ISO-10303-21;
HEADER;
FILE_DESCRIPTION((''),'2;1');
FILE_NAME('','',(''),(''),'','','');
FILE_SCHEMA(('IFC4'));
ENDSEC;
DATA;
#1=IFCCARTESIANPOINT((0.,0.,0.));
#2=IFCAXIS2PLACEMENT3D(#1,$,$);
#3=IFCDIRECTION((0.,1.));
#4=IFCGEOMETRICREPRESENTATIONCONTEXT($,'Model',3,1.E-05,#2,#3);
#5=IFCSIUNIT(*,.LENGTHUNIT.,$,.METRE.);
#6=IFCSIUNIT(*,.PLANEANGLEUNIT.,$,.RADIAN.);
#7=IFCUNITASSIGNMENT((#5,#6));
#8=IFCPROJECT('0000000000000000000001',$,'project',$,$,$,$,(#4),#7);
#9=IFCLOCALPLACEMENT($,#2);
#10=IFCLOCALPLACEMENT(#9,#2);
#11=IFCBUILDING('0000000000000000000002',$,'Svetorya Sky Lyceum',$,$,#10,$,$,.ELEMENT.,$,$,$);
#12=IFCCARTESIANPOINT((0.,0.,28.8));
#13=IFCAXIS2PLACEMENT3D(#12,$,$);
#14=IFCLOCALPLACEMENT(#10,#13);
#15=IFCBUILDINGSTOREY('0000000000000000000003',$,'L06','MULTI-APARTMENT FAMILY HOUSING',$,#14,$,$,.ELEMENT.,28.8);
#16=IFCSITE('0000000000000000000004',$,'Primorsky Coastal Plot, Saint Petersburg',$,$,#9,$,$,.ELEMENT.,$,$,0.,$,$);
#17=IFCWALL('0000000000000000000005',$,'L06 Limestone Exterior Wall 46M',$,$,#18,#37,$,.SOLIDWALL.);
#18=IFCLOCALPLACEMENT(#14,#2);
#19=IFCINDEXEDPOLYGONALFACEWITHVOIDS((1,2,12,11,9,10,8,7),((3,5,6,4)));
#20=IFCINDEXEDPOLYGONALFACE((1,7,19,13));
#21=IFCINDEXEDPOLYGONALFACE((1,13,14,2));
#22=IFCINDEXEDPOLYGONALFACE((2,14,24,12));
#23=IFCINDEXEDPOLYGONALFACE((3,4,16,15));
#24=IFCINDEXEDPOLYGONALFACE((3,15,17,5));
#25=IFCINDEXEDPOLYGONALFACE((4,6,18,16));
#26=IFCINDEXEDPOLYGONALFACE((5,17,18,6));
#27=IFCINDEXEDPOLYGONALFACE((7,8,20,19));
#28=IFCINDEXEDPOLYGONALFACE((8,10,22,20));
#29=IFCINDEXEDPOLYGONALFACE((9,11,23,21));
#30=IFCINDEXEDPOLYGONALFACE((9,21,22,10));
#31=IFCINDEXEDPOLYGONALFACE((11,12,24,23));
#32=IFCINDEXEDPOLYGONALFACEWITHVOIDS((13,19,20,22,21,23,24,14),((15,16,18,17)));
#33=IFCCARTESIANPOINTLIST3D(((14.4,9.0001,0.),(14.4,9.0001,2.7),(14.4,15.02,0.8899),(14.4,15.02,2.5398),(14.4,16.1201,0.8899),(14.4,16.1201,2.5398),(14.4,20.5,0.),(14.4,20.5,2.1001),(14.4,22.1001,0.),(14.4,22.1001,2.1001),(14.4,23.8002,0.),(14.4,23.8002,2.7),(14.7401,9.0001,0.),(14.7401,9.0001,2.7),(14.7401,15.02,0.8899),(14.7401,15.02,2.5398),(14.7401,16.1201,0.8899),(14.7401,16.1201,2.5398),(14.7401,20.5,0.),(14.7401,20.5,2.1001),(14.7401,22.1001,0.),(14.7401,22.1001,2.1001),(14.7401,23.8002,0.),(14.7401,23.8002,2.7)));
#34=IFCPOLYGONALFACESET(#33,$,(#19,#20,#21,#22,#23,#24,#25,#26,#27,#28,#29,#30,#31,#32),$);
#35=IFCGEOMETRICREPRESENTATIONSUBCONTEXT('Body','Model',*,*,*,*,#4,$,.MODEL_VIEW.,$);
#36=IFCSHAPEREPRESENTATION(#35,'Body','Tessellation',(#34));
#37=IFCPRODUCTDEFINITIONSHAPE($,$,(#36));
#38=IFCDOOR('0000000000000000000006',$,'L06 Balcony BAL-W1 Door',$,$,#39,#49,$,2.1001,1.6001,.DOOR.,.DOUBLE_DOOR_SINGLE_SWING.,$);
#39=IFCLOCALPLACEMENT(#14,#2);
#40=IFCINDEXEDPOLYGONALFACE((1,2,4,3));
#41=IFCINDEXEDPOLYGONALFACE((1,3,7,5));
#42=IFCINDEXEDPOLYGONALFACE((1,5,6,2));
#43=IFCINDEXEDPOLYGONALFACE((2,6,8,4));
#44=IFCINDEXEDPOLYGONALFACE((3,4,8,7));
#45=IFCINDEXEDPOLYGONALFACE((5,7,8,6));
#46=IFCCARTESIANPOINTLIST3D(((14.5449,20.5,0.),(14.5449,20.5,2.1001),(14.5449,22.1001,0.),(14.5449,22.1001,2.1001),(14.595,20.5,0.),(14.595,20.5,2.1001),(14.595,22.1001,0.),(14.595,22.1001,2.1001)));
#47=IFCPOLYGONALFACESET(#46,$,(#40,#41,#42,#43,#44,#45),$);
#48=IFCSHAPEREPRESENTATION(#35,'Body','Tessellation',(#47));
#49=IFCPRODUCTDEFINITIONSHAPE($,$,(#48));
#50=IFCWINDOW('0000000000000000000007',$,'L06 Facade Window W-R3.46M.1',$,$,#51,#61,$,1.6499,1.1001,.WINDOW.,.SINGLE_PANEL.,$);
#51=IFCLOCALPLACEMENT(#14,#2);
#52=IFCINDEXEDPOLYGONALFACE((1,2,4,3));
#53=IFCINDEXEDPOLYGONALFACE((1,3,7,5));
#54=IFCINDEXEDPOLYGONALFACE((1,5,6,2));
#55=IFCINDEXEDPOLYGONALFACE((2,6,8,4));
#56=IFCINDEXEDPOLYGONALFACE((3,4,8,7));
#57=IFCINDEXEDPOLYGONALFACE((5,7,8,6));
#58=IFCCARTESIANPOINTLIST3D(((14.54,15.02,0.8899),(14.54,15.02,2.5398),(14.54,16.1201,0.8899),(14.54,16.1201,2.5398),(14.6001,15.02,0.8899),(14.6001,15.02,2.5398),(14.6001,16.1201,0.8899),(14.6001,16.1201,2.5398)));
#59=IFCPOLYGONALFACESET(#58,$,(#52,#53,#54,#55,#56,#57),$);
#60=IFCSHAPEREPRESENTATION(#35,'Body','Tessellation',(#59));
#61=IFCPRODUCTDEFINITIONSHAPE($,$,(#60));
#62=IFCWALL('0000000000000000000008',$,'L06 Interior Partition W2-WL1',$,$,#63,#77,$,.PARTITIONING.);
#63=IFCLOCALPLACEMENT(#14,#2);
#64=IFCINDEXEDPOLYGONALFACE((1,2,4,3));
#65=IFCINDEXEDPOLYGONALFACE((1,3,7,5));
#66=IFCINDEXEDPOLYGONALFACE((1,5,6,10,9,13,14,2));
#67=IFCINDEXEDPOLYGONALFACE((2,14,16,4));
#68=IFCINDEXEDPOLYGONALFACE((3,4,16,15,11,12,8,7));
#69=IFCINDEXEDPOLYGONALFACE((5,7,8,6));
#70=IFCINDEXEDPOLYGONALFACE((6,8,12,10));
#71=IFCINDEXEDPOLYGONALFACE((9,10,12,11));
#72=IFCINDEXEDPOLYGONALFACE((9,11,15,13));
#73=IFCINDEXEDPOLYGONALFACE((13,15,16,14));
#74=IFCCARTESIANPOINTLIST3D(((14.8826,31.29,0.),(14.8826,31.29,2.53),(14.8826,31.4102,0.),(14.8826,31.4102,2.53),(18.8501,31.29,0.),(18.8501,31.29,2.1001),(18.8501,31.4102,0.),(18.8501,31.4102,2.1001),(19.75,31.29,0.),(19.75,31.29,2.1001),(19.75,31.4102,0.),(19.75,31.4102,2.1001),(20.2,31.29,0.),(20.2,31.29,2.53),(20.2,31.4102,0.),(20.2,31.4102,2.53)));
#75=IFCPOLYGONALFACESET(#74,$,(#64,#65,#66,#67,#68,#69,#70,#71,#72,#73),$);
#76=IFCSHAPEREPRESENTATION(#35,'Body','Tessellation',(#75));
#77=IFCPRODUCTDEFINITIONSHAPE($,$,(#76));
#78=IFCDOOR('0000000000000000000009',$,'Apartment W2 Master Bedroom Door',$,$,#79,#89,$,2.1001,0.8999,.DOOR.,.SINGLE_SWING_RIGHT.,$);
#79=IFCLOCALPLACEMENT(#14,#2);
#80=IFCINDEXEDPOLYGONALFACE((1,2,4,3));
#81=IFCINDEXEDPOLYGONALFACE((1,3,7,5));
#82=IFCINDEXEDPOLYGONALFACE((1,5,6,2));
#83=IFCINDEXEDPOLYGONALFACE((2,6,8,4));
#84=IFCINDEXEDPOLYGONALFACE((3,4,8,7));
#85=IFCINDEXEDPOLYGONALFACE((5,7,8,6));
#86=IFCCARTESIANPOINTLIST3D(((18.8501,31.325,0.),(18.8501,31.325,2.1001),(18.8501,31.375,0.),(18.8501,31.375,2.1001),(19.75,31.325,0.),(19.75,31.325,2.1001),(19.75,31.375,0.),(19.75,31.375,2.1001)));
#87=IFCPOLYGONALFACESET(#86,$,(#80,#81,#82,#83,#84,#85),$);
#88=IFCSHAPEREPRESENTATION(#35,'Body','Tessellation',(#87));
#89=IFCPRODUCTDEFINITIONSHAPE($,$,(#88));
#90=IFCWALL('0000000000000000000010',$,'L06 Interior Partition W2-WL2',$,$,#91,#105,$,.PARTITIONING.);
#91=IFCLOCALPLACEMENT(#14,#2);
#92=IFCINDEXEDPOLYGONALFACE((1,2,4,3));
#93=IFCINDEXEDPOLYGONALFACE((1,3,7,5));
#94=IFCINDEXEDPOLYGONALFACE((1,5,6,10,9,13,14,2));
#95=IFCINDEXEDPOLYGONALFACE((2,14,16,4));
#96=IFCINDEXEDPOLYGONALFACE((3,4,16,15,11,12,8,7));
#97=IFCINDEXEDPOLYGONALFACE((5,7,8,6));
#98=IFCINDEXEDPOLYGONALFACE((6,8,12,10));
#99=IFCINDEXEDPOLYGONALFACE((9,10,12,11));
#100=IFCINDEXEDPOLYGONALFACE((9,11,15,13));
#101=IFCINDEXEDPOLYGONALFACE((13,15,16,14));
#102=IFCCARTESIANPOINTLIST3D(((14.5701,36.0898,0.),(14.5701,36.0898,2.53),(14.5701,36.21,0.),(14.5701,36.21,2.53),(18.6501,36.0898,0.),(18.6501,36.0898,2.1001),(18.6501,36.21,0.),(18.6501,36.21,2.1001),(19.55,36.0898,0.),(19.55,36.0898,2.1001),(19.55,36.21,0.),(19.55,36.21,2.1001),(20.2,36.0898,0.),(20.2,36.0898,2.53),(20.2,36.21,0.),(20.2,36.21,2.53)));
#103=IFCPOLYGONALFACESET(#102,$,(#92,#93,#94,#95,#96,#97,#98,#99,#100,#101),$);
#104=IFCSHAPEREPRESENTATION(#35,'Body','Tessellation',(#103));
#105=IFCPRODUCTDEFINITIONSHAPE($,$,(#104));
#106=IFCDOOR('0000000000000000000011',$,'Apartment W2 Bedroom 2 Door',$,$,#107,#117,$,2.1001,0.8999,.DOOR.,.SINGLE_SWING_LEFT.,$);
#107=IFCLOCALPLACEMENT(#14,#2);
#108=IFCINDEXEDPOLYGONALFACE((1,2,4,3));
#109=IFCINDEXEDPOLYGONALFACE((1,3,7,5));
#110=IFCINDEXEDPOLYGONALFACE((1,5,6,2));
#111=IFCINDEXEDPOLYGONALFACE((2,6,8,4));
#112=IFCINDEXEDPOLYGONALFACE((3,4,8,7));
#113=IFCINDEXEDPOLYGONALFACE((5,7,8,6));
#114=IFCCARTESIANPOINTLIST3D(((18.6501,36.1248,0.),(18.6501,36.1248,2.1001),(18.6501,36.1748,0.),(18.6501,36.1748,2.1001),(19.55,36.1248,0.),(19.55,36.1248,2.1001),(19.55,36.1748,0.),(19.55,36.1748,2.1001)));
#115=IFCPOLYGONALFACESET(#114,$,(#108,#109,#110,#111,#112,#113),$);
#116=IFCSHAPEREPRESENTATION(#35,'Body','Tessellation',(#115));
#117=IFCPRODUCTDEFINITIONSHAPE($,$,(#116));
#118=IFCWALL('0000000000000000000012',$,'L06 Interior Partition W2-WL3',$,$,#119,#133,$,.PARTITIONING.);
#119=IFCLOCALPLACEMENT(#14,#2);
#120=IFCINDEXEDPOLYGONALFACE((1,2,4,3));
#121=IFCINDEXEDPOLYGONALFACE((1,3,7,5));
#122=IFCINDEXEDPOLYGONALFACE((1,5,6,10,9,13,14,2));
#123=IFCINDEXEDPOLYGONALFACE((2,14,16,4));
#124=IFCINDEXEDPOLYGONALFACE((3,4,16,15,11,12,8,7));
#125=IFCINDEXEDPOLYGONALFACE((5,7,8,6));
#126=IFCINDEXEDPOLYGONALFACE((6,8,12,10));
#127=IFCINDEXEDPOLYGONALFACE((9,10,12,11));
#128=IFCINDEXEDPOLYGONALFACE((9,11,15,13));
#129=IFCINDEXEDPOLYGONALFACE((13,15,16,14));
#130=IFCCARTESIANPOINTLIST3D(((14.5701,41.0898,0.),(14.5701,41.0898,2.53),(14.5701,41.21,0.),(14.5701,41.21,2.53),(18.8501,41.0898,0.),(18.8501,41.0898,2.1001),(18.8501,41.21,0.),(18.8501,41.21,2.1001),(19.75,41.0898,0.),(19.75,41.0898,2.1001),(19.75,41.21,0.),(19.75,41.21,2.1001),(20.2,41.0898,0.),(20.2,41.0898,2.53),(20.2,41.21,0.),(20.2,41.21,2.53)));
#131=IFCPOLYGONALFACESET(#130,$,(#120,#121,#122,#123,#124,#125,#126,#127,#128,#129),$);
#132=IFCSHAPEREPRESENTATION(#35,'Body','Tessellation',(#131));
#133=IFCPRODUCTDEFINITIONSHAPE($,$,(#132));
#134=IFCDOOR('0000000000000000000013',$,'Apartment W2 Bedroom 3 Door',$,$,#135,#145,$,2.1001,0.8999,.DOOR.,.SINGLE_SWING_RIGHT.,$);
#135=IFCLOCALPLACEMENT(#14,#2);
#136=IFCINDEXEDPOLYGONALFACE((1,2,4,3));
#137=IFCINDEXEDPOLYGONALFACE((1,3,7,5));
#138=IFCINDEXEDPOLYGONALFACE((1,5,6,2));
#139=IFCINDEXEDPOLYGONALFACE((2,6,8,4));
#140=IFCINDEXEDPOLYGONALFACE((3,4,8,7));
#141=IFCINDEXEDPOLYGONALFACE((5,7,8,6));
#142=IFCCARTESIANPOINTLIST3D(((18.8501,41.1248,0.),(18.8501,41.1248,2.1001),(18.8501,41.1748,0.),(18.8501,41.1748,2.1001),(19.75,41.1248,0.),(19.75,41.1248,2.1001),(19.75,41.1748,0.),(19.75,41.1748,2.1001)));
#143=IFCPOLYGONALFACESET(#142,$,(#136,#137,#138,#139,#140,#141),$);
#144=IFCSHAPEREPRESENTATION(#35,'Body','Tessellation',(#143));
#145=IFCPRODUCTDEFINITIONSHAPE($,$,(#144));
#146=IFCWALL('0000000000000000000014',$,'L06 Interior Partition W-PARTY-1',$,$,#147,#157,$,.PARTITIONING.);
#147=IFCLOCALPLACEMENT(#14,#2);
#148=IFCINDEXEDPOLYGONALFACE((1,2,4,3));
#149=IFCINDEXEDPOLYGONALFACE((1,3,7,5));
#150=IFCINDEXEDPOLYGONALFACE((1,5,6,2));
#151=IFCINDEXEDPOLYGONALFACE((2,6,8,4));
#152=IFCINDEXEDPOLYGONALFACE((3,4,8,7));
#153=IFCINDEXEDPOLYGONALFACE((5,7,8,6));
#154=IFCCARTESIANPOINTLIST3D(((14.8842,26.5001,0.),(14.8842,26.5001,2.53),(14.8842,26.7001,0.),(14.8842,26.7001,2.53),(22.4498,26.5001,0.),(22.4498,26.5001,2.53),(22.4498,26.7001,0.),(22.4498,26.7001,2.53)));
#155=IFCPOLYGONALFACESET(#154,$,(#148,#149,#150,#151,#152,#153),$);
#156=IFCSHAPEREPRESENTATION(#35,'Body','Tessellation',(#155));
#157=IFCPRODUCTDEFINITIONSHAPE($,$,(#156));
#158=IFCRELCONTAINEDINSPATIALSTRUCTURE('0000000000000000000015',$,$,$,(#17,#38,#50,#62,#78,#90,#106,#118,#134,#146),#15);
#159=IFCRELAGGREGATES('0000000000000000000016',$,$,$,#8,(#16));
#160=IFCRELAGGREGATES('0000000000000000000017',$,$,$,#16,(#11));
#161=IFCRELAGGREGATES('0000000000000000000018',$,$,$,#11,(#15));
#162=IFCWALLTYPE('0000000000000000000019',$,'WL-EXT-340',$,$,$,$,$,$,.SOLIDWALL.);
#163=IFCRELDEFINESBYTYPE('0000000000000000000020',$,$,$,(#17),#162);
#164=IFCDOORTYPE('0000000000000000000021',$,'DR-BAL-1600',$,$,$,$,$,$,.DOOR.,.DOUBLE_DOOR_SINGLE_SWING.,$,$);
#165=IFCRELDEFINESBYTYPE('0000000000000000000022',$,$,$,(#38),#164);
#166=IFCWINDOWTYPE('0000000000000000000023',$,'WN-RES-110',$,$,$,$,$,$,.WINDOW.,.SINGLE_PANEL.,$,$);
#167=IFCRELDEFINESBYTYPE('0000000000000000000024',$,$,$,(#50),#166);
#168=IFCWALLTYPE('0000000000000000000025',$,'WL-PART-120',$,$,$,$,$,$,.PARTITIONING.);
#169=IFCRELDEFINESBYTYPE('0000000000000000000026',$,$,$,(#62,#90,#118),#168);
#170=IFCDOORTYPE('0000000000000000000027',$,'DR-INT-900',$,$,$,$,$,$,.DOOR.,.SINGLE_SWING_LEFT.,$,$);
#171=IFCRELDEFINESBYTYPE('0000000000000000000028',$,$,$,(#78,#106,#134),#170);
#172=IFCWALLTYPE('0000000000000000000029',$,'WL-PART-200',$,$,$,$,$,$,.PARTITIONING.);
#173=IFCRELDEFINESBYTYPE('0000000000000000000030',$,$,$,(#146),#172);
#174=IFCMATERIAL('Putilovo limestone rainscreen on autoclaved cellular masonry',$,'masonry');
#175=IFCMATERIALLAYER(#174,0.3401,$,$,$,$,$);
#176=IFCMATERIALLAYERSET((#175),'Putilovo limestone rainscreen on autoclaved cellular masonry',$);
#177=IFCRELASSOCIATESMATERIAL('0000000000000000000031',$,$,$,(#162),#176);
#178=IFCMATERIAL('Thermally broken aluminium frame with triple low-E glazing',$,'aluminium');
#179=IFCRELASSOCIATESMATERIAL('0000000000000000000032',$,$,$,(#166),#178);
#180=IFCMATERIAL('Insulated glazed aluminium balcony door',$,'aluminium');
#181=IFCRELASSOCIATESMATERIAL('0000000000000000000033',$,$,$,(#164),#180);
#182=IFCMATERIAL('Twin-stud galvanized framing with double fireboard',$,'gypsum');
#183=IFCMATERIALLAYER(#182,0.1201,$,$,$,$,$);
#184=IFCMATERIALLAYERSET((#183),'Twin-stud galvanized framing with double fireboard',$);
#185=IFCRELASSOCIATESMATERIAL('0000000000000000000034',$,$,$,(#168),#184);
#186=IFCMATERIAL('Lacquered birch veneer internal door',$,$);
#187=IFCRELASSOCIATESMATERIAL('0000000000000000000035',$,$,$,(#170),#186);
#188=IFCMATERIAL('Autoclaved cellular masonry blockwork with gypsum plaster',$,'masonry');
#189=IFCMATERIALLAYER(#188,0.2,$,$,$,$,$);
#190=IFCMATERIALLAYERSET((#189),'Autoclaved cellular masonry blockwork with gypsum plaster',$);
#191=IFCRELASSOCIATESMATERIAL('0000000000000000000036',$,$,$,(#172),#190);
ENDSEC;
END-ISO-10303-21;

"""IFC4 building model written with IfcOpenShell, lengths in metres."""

from ifc_helpers import new_model, si_unit, direction, frame, frame_2d, origin, place, context, subcontext, project, spatial, rectangle, extrude, material, layer, layer_set, type_object, element, fill, save


model = new_model("IFC4")

# Units and contexts
model_context = context("Model", 3, precision=1e-05, world=origin(), true_north=direction((0.0, 1.0)))
body_context = subcontext(model_context, "Body", "Model", "MODEL_VIEW")
ifc_project = project(units=[si_unit("LENGTHUNIT", "METRE"), si_unit("PLANEANGLEUNIT", "RADIAN")], contexts=[model_context])

# Site, building, storey
site_placement = place(None, origin())
site = spatial("IfcSite", under=ifc_project, at=site_placement, Name="Primorsky Coastal Plot, Saint Petersburg", CompositionType="ELEMENT", RefElevation=0.0)
building_placement = place(site_placement, origin())
building = spatial("IfcBuilding", under=site, at=building_placement, Name="Svetorya Sky Lyceum", CompositionType="ELEMENT")
storey_placement = place(building_placement, frame((0.0, 0.0, 28.8)))
storey = spatial("IfcBuildingStorey", under=building, at=storey_placement, Name="L06", Description="MULTI-APARTMENT FAMILY HOUSING", CompositionType="ELEMENT", Elevation=28.8)

# Shared definitions
ifc_material_1 = material(Name="Putilovo limestone rainscreen on autoclaved cellular masonry", Category="masonry")
ifc_layer_1 = layer(ifc_material_1, 0.3401)
ifc_layer_set_1 = layer_set([ifc_layer_1], Name="Putilovo limestone rainscreen on autoclaved cellular masonry")
wall_type_1 = type_object("IfcWallType", Name="WL-EXT-340", PredefinedType="SOLIDWALL", material=ifc_layer_set_1)

# Shared definitions
ifc_material_2 = material(Name="Thermally broken aluminium frame with triple low-E glazing", Category="aluminium")
window_type = type_object("IfcWindowType", Name="WN-RES-110", PartitioningType="SINGLE_PANEL", PredefinedType="WINDOW", material=ifc_material_2)

# Wall, openings, door, window
wall_1_placement = place(storey_placement, frame((14.5701, 23.8, 0.0), z_axis=(0.0, 0.0, 1.0), x_axis=(0.0, -1.0, 0.0)))
wall_1 = element("IfcWall", 1, at=wall_1_placement, inside=storey, type_object=wall_type_1, Name="L06 Limestone Exterior Wall 46M", PredefinedType="SOLIDWALL", context=body_context, shape_type="SweptSolid", body=[
    extrude(rectangle(XDim=14.8, YDim=0.3401, at=frame_2d((7.3999, 0.0))), origin(), (0.0, 0.0, 1.0), 2.7),
])
opening_1_placement = place(wall_1_placement, frame((1.7, 0.0, 0.0)))
opening_1 = element("IfcOpeningElement", 2, at=opening_1_placement, cuts=wall_1, PredefinedType="OPENING", context=body_context, shape_type="SweptSolid", body=[
    extrude(rectangle(XDim=1.6001, YDim=2.1001, at=frame_2d((0.8, 1.05))), frame((0.0, 0.1799, 0.0), z_axis=(0.0, -1.0, 0.0), x_axis=(1.0, 0.0, 0.0)), (0.0, 0.0, 1.0), 0.3601),
])
opening_2_placement = place(wall_1_placement, frame((7.6799, 0.0, 0.8899)))
opening_2 = element("IfcOpeningElement", 3, at=opening_2_placement, cuts=wall_1, PredefinedType="OPENING", context=body_context, shape_type="SweptSolid", body=[
    extrude(rectangle(XDim=1.1001, YDim=1.6499, at=frame_2d((0.55, 0.825))), frame((0.0, 0.1799, 0.0), z_axis=(0.0, -1.0, 0.0), x_axis=(1.0, 0.0, 0.0)), (0.0, 0.0, 1.0), 0.3601),
])
ifc_material_3 = material(Name="Insulated glazed aluminium balcony door", Category="aluminium")
door_type_1 = type_object("IfcDoorType", Name="DR-BAL-1600", OperationType="DOUBLE_DOOR_SINGLE_SWING", PredefinedType="DOOR", material=ifc_material_3)
door_1_placement = place(opening_1_placement, origin())
door_1 = element("IfcDoor", 4, at=door_1_placement, inside=storey, type_object=door_type_1, Name="L06 Balcony BAL-W1 Door", OperationType="DOUBLE_DOOR_SINGLE_SWING", OverallHeight=2.1001, OverallWidth=1.6001, PredefinedType="DOOR", context=body_context, shape_type="SweptSolid", body=[
    extrude(rectangle(XDim=1.6001, YDim=2.1001, at=frame_2d((0.8, 1.05))), frame((0.0, 0.0249, 0.0), z_axis=(0.0, -1.0, 0.0), x_axis=(1.0, 0.0, 0.0)), (0.0, 0.0, 1.0), 0.05),
])
fill(opening_1, door_1)
window_1_placement = place(opening_2_placement, origin())
window_1 = element("IfcWindow", 5, at=window_1_placement, inside=storey, type_object=window_type, Name="L06 Facade Window W-R3.46M.1", OverallHeight=1.6499, OverallWidth=1.1001, PartitioningType="SINGLE_PANEL", PredefinedType="WINDOW", context=body_context, shape_type="SweptSolid", body=[
    extrude(rectangle(XDim=1.1001, YDim=1.6499, at=frame_2d((0.55, 0.825))), frame((0.0, 0.03, 0.0), z_axis=(0.0, -1.0, 0.0), x_axis=(1.0, 0.0, 0.0)), (0.0, 0.0, 1.0), 0.0601),
])
fill(opening_2, window_1)

# Walls, openings, doors
ifc_material_4 = material(Name="Twin-stud galvanized framing with double fireboard", Category="gypsum")
ifc_layer_2 = layer(ifc_material_4, 0.1201)
ifc_layer_set_2 = layer_set([ifc_layer_2], Name="Twin-stud galvanized framing with double fireboard")
wall_type_2 = type_object("IfcWallType", Name="WL-PART-120", PredefinedType="PARTITIONING", material=ifc_layer_set_2)
wall_2_placement = place(storey_placement, frame((14.8826, 31.3501, 0.0), z_axis=(0.0, 0.0, 1.0), x_axis=(1.0, 0.0, 0.0)))
wall_2 = element("IfcWall", 6, at=wall_2_placement, inside=storey, type_object=wall_type_2, Name="L06 Interior Partition W2-WL1", PredefinedType="PARTITIONING", context=body_context, shape_type="SweptSolid", body=[
    extrude(rectangle(XDim=5.3174, YDim=0.1201, at=frame_2d((2.6587, 0.0))), origin(), (0.0, 0.0, 1.0), 2.53),
])
opening_3_placement = place(wall_2_placement, frame((3.9675, 0.0, 0.0)))
opening_3 = element("IfcOpeningElement", 7, at=opening_3_placement, cuts=wall_2, PredefinedType="OPENING", context=body_context, shape_type="SweptSolid", body=[
    extrude(rectangle(XDim=0.8999, YDim=2.1001, at=frame_2d((0.45, 1.05))), frame((0.0, 0.0701, 0.0), z_axis=(0.0, -1.0, 0.0), x_axis=(1.0, 0.0, 0.0)), (0.0, 0.0, 1.0), 0.1401),
])
ifc_material_5 = material(Name="Lacquered birch veneer internal door")
door_type_2 = type_object("IfcDoorType", Name="DR-INT-900", OperationType="SINGLE_SWING_LEFT", PredefinedType="DOOR", material=ifc_material_5)
door_2_placement = place(opening_3_placement, origin())
door_2 = element("IfcDoor", 8, at=door_2_placement, inside=storey, type_object=door_type_2, Name="Apartment W2 Master Bedroom Door", OperationType="SINGLE_SWING_RIGHT", OverallHeight=2.1001, OverallWidth=0.8999, PredefinedType="DOOR", context=body_context, shape_type="SweptSolid", body=[
    extrude(rectangle(XDim=0.8999, YDim=2.1001, at=frame_2d((0.45, 1.05))), frame((0.0, 0.0249, 0.0), z_axis=(0.0, -1.0, 0.0), x_axis=(1.0, 0.0, 0.0)), (0.0, 0.0, 1.0), 0.05),
])
fill(opening_3, door_2)
wall_3_placement = place(storey_placement, frame((14.5701, 36.1499, 0.0), z_axis=(0.0, 0.0, 1.0), x_axis=(1.0, 0.0, 0.0)))
wall_3 = element("IfcWall", 9, at=wall_3_placement, inside=storey, type_object=wall_type_2, Name="L06 Interior Partition W2-WL2", PredefinedType="PARTITIONING", context=body_context, shape_type="SweptSolid", body=[
    extrude(rectangle(XDim=5.6299, YDim=0.1201, at=frame_2d((2.8149, 0.0))), origin(), (0.0, 0.0, 1.0), 2.53),
])
opening_4_placement = place(wall_3_placement, frame((4.0801, 0.0, 0.0)))
opening_4 = element("IfcOpeningElement", 10, at=opening_4_placement, cuts=wall_3, PredefinedType="OPENING", context=body_context, shape_type="SweptSolid", body=[
    extrude(rectangle(XDim=0.8999, YDim=2.1001, at=frame_2d((0.45, 1.05))), frame((0.0, 0.0701, 0.0), z_axis=(0.0, -1.0, 0.0), x_axis=(1.0, 0.0, 0.0)), (0.0, 0.0, 1.0), 0.1401),
])
door_3_placement = place(opening_4_placement, origin())
door_3 = element("IfcDoor", 11, at=door_3_placement, inside=storey, type_object=door_type_2, Name="Apartment W2 Bedroom 2 Door", OperationType="SINGLE_SWING_LEFT", OverallHeight=2.1001, OverallWidth=0.8999, PredefinedType="DOOR", context=body_context, shape_type="SweptSolid", body=[
    extrude(rectangle(XDim=0.8999, YDim=2.1001, at=frame_2d((0.45, 1.05))), frame((0.0, 0.0249, 0.0), z_axis=(0.0, -1.0, 0.0), x_axis=(1.0, 0.0, 0.0)), (0.0, 0.0, 1.0), 0.05),
])
fill(opening_4, door_3)
wall_4_placement = place(storey_placement, frame((14.5701, 41.1499, 0.0), z_axis=(0.0, 0.0, 1.0), x_axis=(1.0, 0.0, 0.0)))
wall_4 = element("IfcWall", 12, at=wall_4_placement, inside=storey, type_object=wall_type_2, Name="L06 Interior Partition W2-WL3", PredefinedType="PARTITIONING", context=body_context, shape_type="SweptSolid", body=[
    extrude(rectangle(XDim=5.6299, YDim=0.1201, at=frame_2d((2.8149, 0.0))), origin(), (0.0, 0.0, 1.0), 2.53),
])
opening_5_placement = place(wall_4_placement, frame((4.28, 0.0, 0.0)))
opening_5 = element("IfcOpeningElement", 13, at=opening_5_placement, cuts=wall_4, PredefinedType="OPENING", context=body_context, shape_type="SweptSolid", body=[
    extrude(rectangle(XDim=0.8999, YDim=2.1001, at=frame_2d((0.45, 1.05))), frame((0.0, 0.0701, 0.0), z_axis=(0.0, -1.0, 0.0), x_axis=(1.0, 0.0, 0.0)), (0.0, 0.0, 1.0), 0.1401),
])
door_4_placement = place(opening_5_placement, origin())
door_4 = element("IfcDoor", 14, at=door_4_placement, inside=storey, type_object=door_type_2, Name="Apartment W2 Bedroom 3 Door", OperationType="SINGLE_SWING_RIGHT", OverallHeight=2.1001, OverallWidth=0.8999, PredefinedType="DOOR", context=body_context, shape_type="SweptSolid", body=[
    extrude(rectangle(XDim=0.8999, YDim=2.1001, at=frame_2d((0.45, 1.05))), frame((0.0, 0.0249, 0.0), z_axis=(0.0, -1.0, 0.0), x_axis=(1.0, 0.0, 0.0)), (0.0, 0.0, 1.0), 0.05),
])
fill(opening_5, door_4)

# Wall
ifc_material_6 = material(Name="Autoclaved cellular masonry blockwork with gypsum plaster", Category="masonry")
ifc_layer_3 = layer(ifc_material_6, 0.2)
ifc_layer_set_3 = layer_set([ifc_layer_3], Name="Autoclaved cellular masonry blockwork with gypsum plaster")
wall_type_3 = type_object("IfcWallType", Name="WL-PART-200", PredefinedType="PARTITIONING", material=ifc_layer_set_3)
wall_5_placement = place(storey_placement, frame((14.8843, 26.6001, 0.0), z_axis=(0.0, 0.0, 1.0), x_axis=(1.0, 0.0, 0.0)))
element("IfcWall", 15, at=wall_5_placement, inside=storey, type_object=wall_type_3, Name="L06 Interior Partition W-PARTY-1", PredefinedType="PARTITIONING", context=body_context, shape_type="SweptSolid", body=[
    extrude(rectangle(XDim=7.5657, YDim=0.2, at=frame_2d((3.7827, 0.0))), origin(), (0.0, 0.0, 1.0), 2.53),
])

save(model, "model.ifc")
